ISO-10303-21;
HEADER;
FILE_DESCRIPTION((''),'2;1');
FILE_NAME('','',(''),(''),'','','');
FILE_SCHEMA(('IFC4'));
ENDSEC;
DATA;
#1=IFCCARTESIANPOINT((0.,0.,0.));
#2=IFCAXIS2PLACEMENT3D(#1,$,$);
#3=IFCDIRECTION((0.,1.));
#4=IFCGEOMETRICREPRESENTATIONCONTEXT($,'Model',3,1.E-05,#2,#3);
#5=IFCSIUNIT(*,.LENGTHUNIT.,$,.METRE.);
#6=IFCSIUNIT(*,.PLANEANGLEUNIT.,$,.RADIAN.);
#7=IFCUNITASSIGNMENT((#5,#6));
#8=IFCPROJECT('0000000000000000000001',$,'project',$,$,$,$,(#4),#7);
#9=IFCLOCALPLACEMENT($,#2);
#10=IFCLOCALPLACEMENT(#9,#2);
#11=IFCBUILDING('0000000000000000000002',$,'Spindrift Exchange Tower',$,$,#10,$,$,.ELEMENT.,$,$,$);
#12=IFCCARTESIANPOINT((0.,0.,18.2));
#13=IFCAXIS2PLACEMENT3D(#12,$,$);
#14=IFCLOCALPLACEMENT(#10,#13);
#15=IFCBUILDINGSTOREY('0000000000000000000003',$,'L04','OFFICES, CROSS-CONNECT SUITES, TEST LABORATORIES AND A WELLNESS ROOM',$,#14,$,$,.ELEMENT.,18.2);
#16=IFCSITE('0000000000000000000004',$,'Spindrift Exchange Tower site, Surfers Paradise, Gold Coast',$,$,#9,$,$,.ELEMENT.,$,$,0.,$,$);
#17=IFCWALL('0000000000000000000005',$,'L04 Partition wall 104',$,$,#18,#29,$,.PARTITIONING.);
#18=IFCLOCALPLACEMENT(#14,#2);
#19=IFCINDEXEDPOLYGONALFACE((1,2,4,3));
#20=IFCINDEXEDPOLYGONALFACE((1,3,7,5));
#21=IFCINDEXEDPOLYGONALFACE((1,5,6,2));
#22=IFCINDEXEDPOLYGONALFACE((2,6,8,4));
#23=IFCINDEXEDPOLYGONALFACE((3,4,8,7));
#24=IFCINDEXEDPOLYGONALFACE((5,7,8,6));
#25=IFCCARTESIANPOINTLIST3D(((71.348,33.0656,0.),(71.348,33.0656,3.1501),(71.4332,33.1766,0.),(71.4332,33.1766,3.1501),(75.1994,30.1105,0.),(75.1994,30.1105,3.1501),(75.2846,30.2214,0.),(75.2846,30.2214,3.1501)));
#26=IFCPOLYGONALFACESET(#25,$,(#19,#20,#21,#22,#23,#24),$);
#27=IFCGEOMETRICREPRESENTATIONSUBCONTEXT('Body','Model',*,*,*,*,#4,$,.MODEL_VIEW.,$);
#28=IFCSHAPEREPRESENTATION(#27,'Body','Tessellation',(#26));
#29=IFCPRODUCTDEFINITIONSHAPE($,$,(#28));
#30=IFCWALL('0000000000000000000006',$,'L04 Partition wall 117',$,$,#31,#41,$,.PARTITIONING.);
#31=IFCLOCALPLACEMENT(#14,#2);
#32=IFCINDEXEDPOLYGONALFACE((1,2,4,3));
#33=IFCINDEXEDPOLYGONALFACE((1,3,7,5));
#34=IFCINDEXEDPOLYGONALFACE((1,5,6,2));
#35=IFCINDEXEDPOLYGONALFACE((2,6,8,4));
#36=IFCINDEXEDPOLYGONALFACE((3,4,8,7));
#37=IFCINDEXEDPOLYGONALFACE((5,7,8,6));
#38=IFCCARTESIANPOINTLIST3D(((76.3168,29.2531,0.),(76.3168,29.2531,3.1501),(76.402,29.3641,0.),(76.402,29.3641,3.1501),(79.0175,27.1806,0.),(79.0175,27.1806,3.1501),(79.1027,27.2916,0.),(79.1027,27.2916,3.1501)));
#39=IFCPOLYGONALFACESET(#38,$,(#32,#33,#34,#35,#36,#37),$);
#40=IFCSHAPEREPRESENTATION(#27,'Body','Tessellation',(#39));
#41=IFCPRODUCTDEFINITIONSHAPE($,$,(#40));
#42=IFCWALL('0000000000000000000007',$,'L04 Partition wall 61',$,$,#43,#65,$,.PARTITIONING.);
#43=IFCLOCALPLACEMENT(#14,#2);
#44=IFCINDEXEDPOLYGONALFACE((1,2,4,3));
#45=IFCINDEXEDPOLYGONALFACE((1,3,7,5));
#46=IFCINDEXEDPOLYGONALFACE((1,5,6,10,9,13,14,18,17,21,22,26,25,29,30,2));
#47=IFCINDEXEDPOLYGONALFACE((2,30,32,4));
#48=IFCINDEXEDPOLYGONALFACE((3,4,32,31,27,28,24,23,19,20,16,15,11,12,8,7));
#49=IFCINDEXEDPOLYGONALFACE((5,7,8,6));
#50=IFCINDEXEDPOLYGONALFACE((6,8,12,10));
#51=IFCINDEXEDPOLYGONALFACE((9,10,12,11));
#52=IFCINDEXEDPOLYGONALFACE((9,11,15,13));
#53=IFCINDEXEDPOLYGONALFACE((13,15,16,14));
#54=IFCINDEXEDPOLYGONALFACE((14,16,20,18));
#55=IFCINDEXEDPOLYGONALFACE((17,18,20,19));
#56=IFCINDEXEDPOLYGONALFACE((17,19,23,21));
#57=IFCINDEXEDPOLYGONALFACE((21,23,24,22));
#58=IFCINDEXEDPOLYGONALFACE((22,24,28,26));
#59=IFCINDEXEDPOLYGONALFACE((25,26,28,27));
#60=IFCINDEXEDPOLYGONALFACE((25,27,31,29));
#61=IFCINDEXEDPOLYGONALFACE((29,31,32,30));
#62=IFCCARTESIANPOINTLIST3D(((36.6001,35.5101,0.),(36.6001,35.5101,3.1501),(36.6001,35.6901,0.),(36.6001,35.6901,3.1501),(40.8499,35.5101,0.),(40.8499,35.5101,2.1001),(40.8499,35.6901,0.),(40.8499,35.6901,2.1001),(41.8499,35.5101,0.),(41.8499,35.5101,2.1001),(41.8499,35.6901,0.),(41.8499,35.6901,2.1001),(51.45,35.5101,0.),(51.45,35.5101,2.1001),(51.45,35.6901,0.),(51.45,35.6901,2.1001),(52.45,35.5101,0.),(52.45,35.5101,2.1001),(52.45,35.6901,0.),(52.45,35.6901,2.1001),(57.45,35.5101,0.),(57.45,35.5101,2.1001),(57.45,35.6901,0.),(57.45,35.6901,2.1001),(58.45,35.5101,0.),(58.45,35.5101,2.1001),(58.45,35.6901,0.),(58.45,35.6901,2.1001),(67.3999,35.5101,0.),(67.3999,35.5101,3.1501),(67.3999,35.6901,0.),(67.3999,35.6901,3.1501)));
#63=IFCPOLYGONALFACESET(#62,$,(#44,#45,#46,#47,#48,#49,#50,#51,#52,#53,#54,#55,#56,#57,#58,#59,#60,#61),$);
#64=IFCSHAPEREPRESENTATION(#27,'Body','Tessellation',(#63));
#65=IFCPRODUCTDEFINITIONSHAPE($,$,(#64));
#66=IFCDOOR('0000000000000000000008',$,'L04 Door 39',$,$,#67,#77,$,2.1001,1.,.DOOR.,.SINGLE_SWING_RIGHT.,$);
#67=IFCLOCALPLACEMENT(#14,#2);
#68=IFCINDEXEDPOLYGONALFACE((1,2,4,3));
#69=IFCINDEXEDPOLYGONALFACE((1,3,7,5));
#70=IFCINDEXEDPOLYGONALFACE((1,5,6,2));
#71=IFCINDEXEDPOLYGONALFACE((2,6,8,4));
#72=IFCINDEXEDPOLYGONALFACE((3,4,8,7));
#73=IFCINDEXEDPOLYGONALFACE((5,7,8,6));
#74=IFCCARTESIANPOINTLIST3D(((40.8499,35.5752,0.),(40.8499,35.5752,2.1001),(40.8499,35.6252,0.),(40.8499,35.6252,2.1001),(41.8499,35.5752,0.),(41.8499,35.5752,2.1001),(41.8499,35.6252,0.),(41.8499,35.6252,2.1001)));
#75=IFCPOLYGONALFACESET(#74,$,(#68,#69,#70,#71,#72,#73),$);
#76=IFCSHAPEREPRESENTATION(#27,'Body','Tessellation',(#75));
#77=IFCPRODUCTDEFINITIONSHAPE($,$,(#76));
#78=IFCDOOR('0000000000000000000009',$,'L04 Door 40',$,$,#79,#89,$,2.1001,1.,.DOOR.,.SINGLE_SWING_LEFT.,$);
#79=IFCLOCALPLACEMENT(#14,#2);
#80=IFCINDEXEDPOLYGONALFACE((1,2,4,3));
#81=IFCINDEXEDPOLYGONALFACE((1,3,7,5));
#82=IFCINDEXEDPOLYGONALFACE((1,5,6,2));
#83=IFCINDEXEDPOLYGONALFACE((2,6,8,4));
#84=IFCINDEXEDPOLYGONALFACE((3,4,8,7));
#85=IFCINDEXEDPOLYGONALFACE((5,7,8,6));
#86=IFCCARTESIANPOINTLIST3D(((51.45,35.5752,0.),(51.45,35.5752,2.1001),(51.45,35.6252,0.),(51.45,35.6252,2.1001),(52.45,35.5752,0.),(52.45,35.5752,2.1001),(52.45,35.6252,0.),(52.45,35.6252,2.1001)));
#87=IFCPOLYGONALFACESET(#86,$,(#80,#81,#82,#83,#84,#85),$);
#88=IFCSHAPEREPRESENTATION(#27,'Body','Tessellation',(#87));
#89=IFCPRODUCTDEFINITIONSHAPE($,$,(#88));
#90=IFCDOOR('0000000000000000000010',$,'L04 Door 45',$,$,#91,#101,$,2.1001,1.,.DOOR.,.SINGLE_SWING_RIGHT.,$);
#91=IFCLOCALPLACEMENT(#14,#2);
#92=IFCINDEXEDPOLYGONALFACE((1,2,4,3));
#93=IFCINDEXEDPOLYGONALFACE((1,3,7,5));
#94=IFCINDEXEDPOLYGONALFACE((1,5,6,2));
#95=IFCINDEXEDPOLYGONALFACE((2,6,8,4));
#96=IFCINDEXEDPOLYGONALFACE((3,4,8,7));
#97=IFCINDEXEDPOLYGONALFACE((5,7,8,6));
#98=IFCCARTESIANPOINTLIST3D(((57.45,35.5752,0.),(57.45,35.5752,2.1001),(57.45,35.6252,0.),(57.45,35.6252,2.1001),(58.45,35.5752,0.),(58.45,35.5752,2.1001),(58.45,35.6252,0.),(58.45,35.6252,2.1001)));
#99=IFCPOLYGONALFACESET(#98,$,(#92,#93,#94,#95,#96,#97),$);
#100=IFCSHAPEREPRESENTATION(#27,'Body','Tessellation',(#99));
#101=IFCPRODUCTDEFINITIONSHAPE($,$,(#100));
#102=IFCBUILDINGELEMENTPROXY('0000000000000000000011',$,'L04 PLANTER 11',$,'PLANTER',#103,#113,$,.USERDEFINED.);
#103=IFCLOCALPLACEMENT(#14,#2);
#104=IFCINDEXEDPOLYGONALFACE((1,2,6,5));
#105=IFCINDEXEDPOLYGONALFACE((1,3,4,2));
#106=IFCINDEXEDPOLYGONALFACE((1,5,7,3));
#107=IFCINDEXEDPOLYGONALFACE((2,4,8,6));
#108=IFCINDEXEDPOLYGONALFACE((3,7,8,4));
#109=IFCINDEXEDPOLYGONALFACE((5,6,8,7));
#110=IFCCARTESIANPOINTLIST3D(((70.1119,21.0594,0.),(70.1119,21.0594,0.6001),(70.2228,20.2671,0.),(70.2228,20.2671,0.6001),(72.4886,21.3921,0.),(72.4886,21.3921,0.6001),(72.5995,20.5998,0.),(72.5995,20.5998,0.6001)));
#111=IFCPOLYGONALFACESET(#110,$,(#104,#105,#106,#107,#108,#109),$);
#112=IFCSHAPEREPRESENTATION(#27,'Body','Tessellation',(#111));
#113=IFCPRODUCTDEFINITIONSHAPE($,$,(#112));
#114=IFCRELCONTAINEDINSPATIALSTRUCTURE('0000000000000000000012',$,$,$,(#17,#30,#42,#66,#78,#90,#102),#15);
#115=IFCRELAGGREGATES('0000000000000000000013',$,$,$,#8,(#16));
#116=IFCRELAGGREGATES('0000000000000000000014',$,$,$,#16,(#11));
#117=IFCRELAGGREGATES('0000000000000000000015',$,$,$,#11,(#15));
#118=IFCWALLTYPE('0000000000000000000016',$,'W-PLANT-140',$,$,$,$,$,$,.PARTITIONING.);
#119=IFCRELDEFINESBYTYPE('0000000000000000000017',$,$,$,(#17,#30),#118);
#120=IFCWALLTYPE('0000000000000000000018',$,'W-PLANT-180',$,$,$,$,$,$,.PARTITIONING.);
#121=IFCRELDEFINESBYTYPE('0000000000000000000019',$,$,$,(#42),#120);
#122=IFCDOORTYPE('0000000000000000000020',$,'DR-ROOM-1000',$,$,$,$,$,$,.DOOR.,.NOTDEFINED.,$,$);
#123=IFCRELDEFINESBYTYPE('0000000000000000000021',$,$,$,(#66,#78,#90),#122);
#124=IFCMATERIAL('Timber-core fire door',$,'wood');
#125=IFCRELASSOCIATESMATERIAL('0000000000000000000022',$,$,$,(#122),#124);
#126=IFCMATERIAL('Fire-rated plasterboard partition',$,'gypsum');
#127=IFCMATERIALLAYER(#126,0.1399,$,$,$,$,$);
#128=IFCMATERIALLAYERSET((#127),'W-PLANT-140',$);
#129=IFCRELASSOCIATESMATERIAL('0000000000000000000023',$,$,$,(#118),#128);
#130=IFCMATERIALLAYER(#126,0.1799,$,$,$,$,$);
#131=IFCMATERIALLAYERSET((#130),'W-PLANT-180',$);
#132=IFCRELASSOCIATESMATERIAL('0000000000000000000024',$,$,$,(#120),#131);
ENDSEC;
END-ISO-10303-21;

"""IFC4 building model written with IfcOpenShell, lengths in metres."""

from ifc_helpers import new_model, si_unit, direction, frame, frame_2d, origin, origin_2d, place, context, subcontext, project, spatial, rectangle, extrude, source, transform, mapped, material, layer, layer_set, type_object, element, fill, save


model = new_model("IFC4")

# Units and contexts
model_context = context("Model", 3, precision=1e-05, world=origin(), true_north=direction((0.0, 1.0)))
body_context = subcontext(model_context, "Body", "Model", "MODEL_VIEW")
ifc_project = project(units=[si_unit("LENGTHUNIT", "METRE"), si_unit("PLANEANGLEUNIT", "RADIAN")], contexts=[model_context])

# Site, building, storey
site_placement = place(None, origin())
site = spatial("IfcSite", under=ifc_project, at=site_placement, Name="Spindrift Exchange Tower site, Surfers Paradise, Gold Coast", CompositionType="ELEMENT", RefElevation=0.0)
building_placement = place(site_placement, origin())
building = spatial("IfcBuilding", under=site, at=building_placement, Name="Spindrift Exchange Tower", CompositionType="ELEMENT")
storey_placement = place(building_placement, frame((0.0, 0.0, 18.2)))
storey = spatial("IfcBuildingStorey", under=building, at=storey_placement, Name="L04", Description="OFFICES, CROSS-CONNECT SUITES, TEST LABORATORIES AND A WELLNESS ROOM", CompositionType="ELEMENT", Elevation=18.2)

# Shared definitions
ifc_material_1 = material(Name="Fire-rated plasterboard partition", Category="gypsum")
ifc_material_2 = material(Name="Timber-core fire door", Category="wood")
door_type = type_object("IfcDoorType", Name="DR-ROOM-1000", OperationType="NOTDEFINED", PredefinedType="DOOR", material=ifc_material_2)
shared_shape_1 = source(origin(), body_context, "Body", "SweptSolid", [
    extrude(rectangle(XDim=1.0, YDim=2.1001, at=frame_2d((0.5, 1.05))), frame((0.0, 0.0249, 0.0), z_axis=(0.0, -1.0, 0.0), x_axis=(1.0, 0.0, 0.0)), (0.0, 0.0, 1.0), 0.05),
])

# Shared definitions
ifc_layer_1 = layer(ifc_material_1, 0.1399)
ifc_layer_set_1 = layer_set([ifc_layer_1], Name="W-PLANT-140")
wall_type_1 = type_object("IfcWallType", Name="W-PLANT-140", PredefinedType="PARTITIONING", material=ifc_layer_set_1)

# Walls
wall_1_placement = place(storey_placement, frame((71.3906, 33.1211, 0.0), z_axis=(0.0, 0.0, 1.0), x_axis=(0.793368, -0.608743, 0.0)))
element("IfcWall", 1, at=wall_1_placement, inside=storey, type_object=wall_type_1, Name="L04 Partition wall 104", PredefinedType="PARTITIONING", context=body_context, shape_type="SweptSolid", body=[
    extrude(rectangle(XDim=4.8545, YDim=0.1399, at=frame_2d((2.4272, 0.0))), origin(), (0.0, 0.0, 1.0), 3.1501),
])
wall_2_placement = place(storey_placement, frame((76.3594, 29.3086, 0.0), z_axis=(0.0, 0.0, 1.0), x_axis=(0.793325, -0.608799, 0.0)))
element("IfcWall", 2, at=wall_2_placement, inside=storey, type_object=wall_type_1, Name="L04 Partition wall 117", PredefinedType="PARTITIONING", context=body_context, shape_type="SweptSolid", body=[
    extrude(rectangle(XDim=3.4043, YDim=0.1399, at=frame_2d((1.7021, 0.0))), origin(), (0.0, 0.0, 1.0), 3.1501),
])

# Wall, openings, doors
ifc_layer_2 = layer(ifc_material_1, 0.1799)
ifc_layer_set_2 = layer_set([ifc_layer_2], Name="W-PLANT-180")
wall_type_2 = type_object("IfcWallType", Name="W-PLANT-180", PredefinedType="PARTITIONING", material=ifc_layer_set_2)
wall_3_placement = place(storey_placement, frame((67.3999, 35.6001, 0.0), z_axis=(0.0, 0.0, 1.0), x_axis=(-1.0, 0.0, 0.0)))
wall_3 = element("IfcWall", 3, at=wall_3_placement, inside=storey, type_object=wall_type_2, Name="L04 Partition wall 61", PredefinedType="PARTITIONING", context=body_context, shape_type="SweptSolid", body=[
    extrude(rectangle(XDim=30.7998, YDim=0.1799, at=frame_2d((15.3999, 0.0))), origin(), (0.0, 0.0, 1.0), 3.1501),
])
opening_1_placement = place(wall_3_placement, frame((25.55, 0.0, 0.0)))
opening_1 = element("IfcOpeningElement", 4, at=opening_1_placement, cuts=wall_3, PredefinedType="OPENING", context=body_context, shape_type="SweptSolid", body=[
    extrude(rectangle(XDim=1.0, YDim=2.1001, at=frame_2d((0.5, 1.05))), frame((0.0, 0.0999, 0.0), z_axis=(0.0, -1.0, 0.0), x_axis=(1.0, 0.0, 0.0)), (0.0, 0.0, 1.0), 0.2),
])
opening_2_placement = place(wall_3_placement, frame((14.95, 0.0, 0.0)))
opening_2 = element("IfcOpeningElement", 5, at=opening_2_placement, cuts=wall_3, PredefinedType="OPENING", context=body_context, shape_type="SweptSolid", body=[
    extrude(rectangle(XDim=1.0, YDim=2.1001, at=frame_2d((0.5, 1.05))), frame((0.0, 0.0999, 0.0), z_axis=(0.0, -1.0, 0.0), x_axis=(1.0, 0.0, 0.0)), (0.0, 0.0, 1.0), 0.2),
])
opening_3_placement = place(wall_3_placement, frame((8.95, 0.0, 0.0)))
opening_3 = element("IfcOpeningElement", 6, at=opening_3_placement, cuts=wall_3, PredefinedType="OPENING", context=body_context, shape_type="SweptSolid", body=[
    extrude(rectangle(XDim=1.0, YDim=2.1001, at=frame_2d((0.5, 1.05))), frame((0.0, 0.0999, 0.0), z_axis=(0.0, -1.0, 0.0), x_axis=(1.0, 0.0, 0.0)), (0.0, 0.0, 1.0), 0.2),
])
door_1_placement = place(opening_1_placement, origin())
door_1 = element("IfcDoor", 7, at=door_1_placement, inside=storey, type_object=door_type, Name="L04 Door 39", OperationType="SINGLE_SWING_RIGHT", OverallHeight=2.1001, OverallWidth=1.0, PredefinedType="DOOR", context=body_context, shape_type="MappedRepresentation", body=[
    mapped(shared_shape_1, transform((0.0, 0.0, 0.0), scale=1.0)),
])
fill(opening_1, door_1)
door_2_placement = place(opening_2_placement, origin())
door_2 = element("IfcDoor", 8, at=door_2_placement, inside=storey, type_object=door_type, Name="L04 Door 40", OperationType="SINGLE_SWING_LEFT", OverallHeight=2.1001, OverallWidth=1.0, PredefinedType="DOOR", context=body_context, shape_type="MappedRepresentation", body=[
    mapped(shared_shape_1, transform((0.0, 0.0, 0.0), scale=1.0)),
])
fill(opening_2, door_2)
door_3_placement = place(opening_3_placement, origin())
door_3 = element("IfcDoor", 9, at=door_3_placement, inside=storey, type_object=door_type, Name="L04 Door 45", OperationType="SINGLE_SWING_RIGHT", OverallHeight=2.1001, OverallWidth=1.0, PredefinedType="DOOR", context=body_context, shape_type="MappedRepresentation", body=[
    mapped(shared_shape_1, transform((0.0, 0.0, 0.0), scale=1.0)),
])
fill(opening_3, door_3)

# Building element proxy
shared_shape_2 = source(origin(), body_context, "Body", "SweptSolid", [
    extrude(rectangle(XDim=2.3999, YDim=0.8, at=origin_2d()), origin(), (0.0, 0.0, 1.0), 0.6001),
])
proxy_placement = place(storey_placement, frame((71.3557, 20.8296, 0.0), z_axis=(0.0, 0.0, 1.0), x_axis=(-0.990344, -0.13863, 0.0)))
element("IfcBuildingElementProxy", 10, at=proxy_placement, inside=storey, Name="L04 PLANTER 11", ObjectType="PLANTER", PredefinedType="USERDEFINED", context=body_context, shape_type="MappedRepresentation", body=[
    mapped(shared_shape_2, transform((0.0, 0.0, 0.0), scale=1.0)),
])

save(model, "model.ifc")
